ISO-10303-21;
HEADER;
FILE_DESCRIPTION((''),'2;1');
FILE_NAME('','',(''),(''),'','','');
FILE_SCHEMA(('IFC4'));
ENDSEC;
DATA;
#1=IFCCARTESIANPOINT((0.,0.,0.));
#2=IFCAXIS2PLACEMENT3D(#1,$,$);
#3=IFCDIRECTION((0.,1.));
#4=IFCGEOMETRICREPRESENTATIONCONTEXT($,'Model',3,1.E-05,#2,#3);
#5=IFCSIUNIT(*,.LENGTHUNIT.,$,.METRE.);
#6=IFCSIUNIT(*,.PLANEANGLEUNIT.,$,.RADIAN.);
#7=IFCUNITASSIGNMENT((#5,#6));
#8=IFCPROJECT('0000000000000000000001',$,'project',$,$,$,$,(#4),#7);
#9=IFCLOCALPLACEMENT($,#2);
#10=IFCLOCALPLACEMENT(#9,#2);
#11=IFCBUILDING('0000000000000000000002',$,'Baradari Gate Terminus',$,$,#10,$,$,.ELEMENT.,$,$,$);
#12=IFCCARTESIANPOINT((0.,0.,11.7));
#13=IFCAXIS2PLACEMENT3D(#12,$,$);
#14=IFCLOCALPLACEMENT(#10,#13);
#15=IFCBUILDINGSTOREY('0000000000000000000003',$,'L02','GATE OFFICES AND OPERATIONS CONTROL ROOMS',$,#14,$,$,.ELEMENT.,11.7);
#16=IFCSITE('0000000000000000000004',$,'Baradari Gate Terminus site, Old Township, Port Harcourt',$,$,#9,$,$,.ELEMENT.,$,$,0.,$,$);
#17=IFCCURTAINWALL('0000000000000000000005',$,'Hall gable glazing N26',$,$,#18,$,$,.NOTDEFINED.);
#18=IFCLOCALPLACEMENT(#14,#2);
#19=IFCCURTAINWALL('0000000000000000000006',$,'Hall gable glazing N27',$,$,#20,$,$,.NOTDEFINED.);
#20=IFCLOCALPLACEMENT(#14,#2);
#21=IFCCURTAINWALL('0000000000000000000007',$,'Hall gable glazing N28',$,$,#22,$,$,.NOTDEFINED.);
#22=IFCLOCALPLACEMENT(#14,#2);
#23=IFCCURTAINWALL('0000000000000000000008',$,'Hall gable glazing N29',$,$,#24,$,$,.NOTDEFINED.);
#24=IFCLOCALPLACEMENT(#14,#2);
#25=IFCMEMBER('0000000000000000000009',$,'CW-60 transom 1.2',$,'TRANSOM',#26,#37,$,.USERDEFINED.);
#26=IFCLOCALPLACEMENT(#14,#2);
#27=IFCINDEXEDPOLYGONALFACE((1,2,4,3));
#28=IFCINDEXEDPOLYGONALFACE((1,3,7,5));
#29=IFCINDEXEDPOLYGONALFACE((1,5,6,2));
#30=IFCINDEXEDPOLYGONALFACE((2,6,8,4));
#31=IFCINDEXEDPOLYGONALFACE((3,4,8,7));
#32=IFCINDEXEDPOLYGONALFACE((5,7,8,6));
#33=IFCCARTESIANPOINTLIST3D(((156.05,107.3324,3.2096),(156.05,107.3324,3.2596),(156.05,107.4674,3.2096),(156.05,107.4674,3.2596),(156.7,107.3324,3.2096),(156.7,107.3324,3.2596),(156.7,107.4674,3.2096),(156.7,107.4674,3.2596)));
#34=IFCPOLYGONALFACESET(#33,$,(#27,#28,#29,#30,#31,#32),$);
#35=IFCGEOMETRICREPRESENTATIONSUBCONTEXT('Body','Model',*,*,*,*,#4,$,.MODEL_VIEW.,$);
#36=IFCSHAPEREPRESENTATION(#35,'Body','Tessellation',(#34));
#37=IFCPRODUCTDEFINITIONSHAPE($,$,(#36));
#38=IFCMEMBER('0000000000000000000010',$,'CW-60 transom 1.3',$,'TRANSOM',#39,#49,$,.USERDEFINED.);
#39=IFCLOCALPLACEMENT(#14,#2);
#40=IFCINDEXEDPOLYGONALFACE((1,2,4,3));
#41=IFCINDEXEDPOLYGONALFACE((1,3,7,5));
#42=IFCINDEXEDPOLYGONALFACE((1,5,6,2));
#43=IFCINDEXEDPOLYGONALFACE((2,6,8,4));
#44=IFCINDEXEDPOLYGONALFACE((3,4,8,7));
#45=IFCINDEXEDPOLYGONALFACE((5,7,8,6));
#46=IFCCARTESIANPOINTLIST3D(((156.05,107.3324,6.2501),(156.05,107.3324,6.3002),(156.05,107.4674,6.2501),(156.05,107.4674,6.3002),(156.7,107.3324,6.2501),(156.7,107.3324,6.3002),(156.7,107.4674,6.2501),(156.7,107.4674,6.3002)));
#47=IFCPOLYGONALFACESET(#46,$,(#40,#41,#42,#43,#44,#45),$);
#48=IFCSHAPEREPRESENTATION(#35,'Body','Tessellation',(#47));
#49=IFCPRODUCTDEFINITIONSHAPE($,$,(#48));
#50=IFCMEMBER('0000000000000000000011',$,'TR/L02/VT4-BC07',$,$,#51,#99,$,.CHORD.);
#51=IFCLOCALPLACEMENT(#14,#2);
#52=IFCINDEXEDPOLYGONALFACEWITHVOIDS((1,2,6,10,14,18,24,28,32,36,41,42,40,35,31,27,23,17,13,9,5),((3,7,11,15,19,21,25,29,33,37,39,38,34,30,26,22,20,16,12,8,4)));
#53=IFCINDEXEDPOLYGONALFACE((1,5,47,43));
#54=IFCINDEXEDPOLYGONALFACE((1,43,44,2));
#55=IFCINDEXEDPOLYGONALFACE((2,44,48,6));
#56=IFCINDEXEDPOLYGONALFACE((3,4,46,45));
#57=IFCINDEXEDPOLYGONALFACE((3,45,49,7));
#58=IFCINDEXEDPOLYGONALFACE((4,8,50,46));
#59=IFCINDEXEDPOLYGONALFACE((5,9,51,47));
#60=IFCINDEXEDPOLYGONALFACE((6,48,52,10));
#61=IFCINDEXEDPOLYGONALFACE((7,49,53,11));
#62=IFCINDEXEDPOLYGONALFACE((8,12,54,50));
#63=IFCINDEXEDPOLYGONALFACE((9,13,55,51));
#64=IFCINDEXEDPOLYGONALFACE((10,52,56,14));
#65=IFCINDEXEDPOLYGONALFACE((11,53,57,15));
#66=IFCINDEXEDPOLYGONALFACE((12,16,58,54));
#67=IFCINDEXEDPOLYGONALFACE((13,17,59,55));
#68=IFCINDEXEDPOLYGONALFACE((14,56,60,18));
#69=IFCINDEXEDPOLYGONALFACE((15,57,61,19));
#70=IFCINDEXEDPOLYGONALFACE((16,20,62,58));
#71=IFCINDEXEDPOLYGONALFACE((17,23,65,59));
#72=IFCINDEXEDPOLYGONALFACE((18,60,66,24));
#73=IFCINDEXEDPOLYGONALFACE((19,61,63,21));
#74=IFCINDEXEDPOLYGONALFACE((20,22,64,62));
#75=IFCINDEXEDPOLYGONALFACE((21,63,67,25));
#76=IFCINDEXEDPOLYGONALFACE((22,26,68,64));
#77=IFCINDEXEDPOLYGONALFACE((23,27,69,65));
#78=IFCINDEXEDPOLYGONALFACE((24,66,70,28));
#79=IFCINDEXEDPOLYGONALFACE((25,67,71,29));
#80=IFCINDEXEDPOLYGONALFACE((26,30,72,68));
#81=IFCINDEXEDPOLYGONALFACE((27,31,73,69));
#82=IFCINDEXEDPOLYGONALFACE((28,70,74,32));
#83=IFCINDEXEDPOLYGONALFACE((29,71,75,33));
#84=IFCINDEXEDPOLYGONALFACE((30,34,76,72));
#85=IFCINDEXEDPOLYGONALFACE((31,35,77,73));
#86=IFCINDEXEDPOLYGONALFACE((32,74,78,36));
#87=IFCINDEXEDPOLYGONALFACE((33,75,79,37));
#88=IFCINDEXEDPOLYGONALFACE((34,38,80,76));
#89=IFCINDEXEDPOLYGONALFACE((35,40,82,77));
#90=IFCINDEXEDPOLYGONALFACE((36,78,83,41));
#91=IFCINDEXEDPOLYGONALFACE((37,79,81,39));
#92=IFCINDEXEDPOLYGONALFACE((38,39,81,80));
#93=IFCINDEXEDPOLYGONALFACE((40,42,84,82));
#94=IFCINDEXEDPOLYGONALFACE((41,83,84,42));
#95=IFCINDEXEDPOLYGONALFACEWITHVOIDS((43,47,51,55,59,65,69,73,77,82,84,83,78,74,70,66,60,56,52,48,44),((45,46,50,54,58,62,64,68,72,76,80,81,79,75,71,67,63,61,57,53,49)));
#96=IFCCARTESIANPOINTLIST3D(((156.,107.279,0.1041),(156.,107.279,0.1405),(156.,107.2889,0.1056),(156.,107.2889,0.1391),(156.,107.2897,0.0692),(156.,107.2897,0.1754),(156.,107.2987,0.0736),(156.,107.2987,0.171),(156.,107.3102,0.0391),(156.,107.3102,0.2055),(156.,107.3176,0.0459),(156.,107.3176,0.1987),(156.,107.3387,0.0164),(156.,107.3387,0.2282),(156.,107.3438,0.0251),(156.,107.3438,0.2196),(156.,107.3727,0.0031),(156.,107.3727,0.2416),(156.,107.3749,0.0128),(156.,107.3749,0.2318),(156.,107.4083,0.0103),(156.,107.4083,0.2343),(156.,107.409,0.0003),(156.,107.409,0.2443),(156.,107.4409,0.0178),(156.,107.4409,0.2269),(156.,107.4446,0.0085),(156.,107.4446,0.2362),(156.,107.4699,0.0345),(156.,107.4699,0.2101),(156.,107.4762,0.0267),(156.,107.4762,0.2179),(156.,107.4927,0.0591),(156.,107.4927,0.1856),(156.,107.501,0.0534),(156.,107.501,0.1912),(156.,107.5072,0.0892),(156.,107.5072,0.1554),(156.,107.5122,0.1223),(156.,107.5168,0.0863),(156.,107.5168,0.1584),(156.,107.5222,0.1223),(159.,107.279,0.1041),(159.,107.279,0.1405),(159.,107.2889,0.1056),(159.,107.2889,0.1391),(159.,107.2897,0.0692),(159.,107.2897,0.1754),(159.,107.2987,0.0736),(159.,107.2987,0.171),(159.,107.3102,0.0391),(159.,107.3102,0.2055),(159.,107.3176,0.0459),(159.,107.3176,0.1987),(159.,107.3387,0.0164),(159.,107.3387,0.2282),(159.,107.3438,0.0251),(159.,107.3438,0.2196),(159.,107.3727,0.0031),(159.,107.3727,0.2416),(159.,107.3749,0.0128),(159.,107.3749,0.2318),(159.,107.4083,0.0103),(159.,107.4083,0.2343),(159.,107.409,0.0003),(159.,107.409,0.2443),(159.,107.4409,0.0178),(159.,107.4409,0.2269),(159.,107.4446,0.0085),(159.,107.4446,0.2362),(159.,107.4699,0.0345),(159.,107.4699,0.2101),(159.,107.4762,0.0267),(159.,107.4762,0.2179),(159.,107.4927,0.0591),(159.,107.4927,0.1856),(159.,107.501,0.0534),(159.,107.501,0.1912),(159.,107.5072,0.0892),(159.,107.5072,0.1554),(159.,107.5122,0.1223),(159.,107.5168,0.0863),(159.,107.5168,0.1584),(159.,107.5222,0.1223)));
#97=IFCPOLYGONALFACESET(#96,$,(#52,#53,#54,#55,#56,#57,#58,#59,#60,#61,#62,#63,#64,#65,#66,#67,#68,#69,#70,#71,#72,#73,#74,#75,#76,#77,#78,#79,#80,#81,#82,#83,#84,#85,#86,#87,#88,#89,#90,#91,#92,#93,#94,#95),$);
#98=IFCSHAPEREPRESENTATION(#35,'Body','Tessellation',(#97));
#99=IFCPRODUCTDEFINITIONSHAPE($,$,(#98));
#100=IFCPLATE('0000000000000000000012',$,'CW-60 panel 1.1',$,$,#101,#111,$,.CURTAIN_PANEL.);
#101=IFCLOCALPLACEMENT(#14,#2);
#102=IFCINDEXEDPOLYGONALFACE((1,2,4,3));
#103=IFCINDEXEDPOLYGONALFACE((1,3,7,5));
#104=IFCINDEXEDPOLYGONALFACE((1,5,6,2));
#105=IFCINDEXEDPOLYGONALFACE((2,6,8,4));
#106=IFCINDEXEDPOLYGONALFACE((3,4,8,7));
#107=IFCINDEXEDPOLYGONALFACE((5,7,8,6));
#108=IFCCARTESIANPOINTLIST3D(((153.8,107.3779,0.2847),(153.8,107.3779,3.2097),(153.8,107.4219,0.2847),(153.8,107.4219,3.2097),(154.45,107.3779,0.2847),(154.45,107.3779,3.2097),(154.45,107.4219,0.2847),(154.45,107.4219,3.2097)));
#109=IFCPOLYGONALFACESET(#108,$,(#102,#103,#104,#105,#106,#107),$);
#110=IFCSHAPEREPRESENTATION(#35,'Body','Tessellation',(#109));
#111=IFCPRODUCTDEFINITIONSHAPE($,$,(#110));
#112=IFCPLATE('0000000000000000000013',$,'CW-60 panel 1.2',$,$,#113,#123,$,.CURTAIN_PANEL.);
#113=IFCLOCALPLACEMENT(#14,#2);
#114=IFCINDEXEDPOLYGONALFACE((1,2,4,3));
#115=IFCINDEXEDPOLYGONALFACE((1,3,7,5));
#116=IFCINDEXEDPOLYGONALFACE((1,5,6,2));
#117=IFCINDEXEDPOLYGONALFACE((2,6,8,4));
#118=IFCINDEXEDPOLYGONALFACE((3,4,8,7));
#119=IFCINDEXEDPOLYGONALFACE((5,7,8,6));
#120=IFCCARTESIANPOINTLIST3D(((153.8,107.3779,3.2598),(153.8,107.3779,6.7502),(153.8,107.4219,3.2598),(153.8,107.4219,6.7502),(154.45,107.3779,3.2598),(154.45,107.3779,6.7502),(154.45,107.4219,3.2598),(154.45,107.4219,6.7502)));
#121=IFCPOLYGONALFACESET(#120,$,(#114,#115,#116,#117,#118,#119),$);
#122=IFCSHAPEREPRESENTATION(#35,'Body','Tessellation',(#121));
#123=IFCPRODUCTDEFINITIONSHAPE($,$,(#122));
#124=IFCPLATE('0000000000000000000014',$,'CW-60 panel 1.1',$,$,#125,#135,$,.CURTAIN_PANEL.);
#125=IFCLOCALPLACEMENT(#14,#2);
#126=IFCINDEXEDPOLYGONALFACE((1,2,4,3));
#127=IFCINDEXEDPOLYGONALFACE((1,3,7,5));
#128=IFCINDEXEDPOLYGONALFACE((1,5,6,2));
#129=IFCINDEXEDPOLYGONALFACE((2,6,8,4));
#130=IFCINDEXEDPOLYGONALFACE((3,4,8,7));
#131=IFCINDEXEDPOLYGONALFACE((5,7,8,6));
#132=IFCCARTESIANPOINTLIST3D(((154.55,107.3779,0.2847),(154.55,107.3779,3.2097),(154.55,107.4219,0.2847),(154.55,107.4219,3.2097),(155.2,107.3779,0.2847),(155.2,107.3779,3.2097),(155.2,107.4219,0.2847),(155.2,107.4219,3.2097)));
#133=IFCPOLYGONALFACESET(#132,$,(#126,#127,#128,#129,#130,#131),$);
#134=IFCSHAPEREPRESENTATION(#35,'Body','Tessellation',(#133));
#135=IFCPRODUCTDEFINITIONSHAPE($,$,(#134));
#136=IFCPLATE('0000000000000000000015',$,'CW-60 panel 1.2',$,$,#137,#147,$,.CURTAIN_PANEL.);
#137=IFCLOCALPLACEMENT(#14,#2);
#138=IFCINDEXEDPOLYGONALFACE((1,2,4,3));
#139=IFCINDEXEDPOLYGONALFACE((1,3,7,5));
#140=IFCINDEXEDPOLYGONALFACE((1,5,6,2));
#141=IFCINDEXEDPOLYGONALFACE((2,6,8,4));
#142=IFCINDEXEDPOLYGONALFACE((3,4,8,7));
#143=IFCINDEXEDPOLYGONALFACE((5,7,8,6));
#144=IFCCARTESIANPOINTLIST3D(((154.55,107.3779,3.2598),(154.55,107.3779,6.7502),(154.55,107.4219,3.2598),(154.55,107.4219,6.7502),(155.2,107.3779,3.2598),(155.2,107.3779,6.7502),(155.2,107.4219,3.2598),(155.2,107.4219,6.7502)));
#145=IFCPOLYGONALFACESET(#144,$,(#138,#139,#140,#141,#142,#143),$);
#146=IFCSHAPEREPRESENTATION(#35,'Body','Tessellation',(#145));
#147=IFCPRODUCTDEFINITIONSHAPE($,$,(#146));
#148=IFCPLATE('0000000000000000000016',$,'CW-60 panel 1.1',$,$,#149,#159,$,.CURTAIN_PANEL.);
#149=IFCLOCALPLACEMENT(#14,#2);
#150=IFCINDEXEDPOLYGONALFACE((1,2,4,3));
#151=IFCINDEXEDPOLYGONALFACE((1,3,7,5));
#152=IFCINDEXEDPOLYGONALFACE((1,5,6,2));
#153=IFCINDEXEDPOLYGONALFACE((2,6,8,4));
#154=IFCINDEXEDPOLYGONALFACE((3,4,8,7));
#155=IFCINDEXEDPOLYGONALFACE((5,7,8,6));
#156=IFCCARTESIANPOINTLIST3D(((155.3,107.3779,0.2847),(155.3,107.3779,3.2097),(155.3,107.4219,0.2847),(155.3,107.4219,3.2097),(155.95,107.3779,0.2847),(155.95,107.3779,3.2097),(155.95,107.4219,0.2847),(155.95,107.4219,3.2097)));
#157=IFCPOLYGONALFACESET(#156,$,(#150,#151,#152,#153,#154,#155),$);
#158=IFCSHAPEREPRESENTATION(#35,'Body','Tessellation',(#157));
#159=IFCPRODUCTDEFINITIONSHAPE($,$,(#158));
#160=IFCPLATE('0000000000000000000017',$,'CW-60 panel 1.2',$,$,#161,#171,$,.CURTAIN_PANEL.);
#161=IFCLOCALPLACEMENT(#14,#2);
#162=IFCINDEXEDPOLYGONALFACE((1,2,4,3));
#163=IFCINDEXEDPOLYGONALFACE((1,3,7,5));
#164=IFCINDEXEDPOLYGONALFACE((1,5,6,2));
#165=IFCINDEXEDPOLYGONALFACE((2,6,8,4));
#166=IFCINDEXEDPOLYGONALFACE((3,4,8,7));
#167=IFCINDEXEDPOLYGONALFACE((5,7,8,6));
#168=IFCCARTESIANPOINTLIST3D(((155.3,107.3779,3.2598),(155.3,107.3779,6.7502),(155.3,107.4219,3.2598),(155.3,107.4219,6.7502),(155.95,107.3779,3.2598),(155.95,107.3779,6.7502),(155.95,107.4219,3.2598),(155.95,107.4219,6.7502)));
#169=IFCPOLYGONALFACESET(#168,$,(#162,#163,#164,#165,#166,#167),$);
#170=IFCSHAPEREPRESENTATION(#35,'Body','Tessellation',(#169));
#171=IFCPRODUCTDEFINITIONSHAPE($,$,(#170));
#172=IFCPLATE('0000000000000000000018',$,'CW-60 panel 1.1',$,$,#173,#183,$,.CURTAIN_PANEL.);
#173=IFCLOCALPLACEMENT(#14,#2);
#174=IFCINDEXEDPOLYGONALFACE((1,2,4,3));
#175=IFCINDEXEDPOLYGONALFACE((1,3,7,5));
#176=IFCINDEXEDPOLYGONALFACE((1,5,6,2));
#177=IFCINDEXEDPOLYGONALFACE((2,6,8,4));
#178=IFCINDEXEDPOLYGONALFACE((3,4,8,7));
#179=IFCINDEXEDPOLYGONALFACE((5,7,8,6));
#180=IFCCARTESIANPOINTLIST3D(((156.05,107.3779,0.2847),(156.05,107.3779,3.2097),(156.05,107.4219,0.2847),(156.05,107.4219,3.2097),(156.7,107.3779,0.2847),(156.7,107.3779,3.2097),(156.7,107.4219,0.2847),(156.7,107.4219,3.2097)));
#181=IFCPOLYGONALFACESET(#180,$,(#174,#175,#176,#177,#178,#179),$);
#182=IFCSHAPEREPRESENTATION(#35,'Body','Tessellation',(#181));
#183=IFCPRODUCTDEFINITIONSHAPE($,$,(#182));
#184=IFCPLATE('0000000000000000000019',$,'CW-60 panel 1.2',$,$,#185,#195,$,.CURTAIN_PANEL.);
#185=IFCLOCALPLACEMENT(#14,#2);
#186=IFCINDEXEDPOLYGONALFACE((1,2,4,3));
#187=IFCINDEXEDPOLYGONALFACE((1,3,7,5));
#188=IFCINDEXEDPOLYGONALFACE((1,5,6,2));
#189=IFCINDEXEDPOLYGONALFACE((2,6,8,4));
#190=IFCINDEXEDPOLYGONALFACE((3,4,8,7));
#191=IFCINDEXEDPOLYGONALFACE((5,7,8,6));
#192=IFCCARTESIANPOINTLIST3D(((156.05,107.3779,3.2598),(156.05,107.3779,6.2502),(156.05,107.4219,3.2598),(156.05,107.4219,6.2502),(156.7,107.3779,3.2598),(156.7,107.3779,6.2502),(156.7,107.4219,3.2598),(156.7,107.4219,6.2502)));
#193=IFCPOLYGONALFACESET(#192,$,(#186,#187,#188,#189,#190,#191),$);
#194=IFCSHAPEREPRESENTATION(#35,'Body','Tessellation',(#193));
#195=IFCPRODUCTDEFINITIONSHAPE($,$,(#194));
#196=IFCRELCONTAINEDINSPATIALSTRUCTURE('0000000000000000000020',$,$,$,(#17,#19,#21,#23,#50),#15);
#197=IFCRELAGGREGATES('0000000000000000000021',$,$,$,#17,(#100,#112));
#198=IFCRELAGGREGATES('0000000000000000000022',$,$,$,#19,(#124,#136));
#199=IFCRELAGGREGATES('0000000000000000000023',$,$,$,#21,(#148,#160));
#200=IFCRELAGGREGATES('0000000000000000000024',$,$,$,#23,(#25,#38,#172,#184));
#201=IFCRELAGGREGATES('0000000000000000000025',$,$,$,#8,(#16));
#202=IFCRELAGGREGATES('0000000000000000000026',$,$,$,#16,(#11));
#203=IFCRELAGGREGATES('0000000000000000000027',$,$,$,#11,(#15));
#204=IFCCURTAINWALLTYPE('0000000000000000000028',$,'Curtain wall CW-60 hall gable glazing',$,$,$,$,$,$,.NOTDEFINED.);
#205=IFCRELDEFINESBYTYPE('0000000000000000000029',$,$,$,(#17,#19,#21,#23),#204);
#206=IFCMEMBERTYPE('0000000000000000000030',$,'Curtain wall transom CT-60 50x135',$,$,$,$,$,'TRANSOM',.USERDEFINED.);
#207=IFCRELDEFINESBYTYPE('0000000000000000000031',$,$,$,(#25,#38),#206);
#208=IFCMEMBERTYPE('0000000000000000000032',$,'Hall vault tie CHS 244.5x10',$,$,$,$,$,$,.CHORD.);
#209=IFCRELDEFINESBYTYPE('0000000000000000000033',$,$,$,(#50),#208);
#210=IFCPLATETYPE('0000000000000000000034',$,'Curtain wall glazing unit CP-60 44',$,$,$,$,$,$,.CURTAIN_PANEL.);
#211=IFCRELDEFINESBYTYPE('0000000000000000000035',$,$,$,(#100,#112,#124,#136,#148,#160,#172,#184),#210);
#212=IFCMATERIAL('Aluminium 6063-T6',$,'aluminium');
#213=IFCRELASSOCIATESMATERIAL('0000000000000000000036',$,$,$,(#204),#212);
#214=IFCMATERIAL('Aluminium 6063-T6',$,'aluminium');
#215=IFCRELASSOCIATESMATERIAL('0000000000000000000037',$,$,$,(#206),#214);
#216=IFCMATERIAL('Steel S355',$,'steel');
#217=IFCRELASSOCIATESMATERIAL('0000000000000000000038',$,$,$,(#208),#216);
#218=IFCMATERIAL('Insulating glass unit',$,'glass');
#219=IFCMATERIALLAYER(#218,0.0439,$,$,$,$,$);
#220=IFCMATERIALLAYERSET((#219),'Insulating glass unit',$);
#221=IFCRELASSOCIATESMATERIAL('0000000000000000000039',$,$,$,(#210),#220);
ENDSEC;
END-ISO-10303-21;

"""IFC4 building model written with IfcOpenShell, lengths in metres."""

from ifc_helpers import new_model, si_unit, direction, frame, origin, origin_2d, place, context, subcontext, project, spatial, rectangle, hollow_circle, extrude, material, layer, layer_set, material_profile, profile_set, type_object, element, aggregate, save


model = new_model("IFC4")

# Units and contexts
model_context = context("Model", 3, precision=1e-05, world=origin(), true_north=direction((0.0, 1.0)))
body_context = subcontext(model_context, "Body", "Model", "MODEL_VIEW")
ifc_project = project(units=[si_unit("LENGTHUNIT", "METRE"), si_unit("PLANEANGLEUNIT", "RADIAN")], contexts=[model_context])

# Site, building, storey
site_placement = place(None, origin())
site = spatial("IfcSite", under=ifc_project, at=site_placement, Name="Baradari Gate Terminus site, Old Township, Port Harcourt", CompositionType="ELEMENT", RefElevation=0.0)
building_placement = place(site_placement, origin())
building = spatial("IfcBuilding", under=site, at=building_placement, Name="Baradari Gate Terminus", CompositionType="ELEMENT")
storey_placement = place(building_placement, frame((0.0, 0.0, 11.7)))
storey = spatial("IfcBuildingStorey", under=building, at=storey_placement, Name="L02", Description="GATE OFFICES AND OPERATIONS CONTROL ROOMS", CompositionType="ELEMENT", Elevation=11.7)

# Curtain wall
ifc_material_1 = material(Name="Aluminium 6063-T6", Category="aluminium")
curtain_wall_type = type_object("IfcCurtainWallType", Name="Curtain wall CW-60 hall gable glazing", PredefinedType="NOTDEFINED", material=ifc_material_1)
curtain_wall_1_placement = place(storey_placement, origin())
curtain_wall_1 = element("IfcCurtainWall", 1, at=curtain_wall_1_placement, inside=storey, type_object=curtain_wall_type, Name="Hall gable glazing N26", PredefinedType="NOTDEFINED")

# Curtain walls
curtain_wall_2_placement = place(storey_placement, origin())
curtain_wall_2 = element("IfcCurtainWall", 2, at=curtain_wall_2_placement, inside=storey, type_object=curtain_wall_type, Name="Hall gable glazing N27", PredefinedType="NOTDEFINED")
curtain_wall_3_placement = place(storey_placement, origin())
curtain_wall_3 = element("IfcCurtainWall", 3, at=curtain_wall_3_placement, inside=storey, type_object=curtain_wall_type, Name="Hall gable glazing N28", PredefinedType="NOTDEFINED")

# Curtain wall
curtain_wall_4_placement = place(storey_placement, origin())
curtain_wall_4 = element("IfcCurtainWall", 4, at=curtain_wall_4_placement, inside=storey, type_object=curtain_wall_type, Name="Hall gable glazing N29", PredefinedType="NOTDEFINED")

# Members
ifc_material_2 = material(Name="Aluminium 6063-T6", Category="aluminium")
ifc_material_profile_1 = material_profile(ifc_material_2, rectangle(XDim=0.135, YDim=0.05, at=origin_2d()), Name="CT-60 50X135")
ifc_profile_set_1 = profile_set([ifc_material_profile_1], Name="Aluminium 6063-T6")
member_type_1 = type_object("IfcMemberType", Name="Curtain wall transom CT-60 50x135", ElementType="TRANSOM", PredefinedType="USERDEFINED", material=ifc_profile_set_1)
member_1_placement = place(storey_placement, frame((156.05, 107.3999, 3.2346), z_axis=(1.0, 0.0, 0.0), x_axis=(0.0, 1.0, 0.0)))
member_1 = element("IfcMember", 5, at=member_1_placement, type_object=member_type_1, Name="CW-60 transom 1.2", ObjectType="TRANSOM", PredefinedType="USERDEFINED", context=body_context, shape_type="SweptSolid", body=[
    extrude(rectangle(XDim=0.135, YDim=0.05, at=origin_2d()), origin(), (0.0, 0.0, 1.0), 0.6499),
])
member_2_placement = place(storey_placement, frame((156.05, 107.3999, 6.2751), z_axis=(1.0, 0.0, 0.0), x_axis=(0.0, 1.0, 0.0)))
member_2 = element("IfcMember", 6, at=member_2_placement, type_object=member_type_1, Name="CW-60 transom 1.3", ObjectType="TRANSOM", PredefinedType="USERDEFINED", context=body_context, shape_type="SweptSolid", body=[
    extrude(rectangle(XDim=0.135, YDim=0.05, at=origin_2d()), origin(), (0.0, 0.0, 1.0), 0.6499),
])
ifc_material_3 = material(Name="Steel S355", Category="steel")
ifc_material_profile_2 = material_profile(ifc_material_3, hollow_circle(Radius=0.1223, WallThickness=0.01, at=origin_2d()), Name="CHS 244.5x10")
ifc_profile_set_2 = profile_set([ifc_material_profile_2], Name="Steel S355")
member_type_2 = type_object("IfcMemberType", Name="Hall vault tie CHS 244.5x10", PredefinedType="CHORD", material=ifc_profile_set_2)
member_3_placement = place(storey_placement, frame((156.0, 107.3999, 0.1223), z_axis=(1.0, 0.0, 0.0), x_axis=(0.0, 1.0, 0.0)))
element("IfcMember", 7, at=member_3_placement, inside=storey, type_object=member_type_2, Name="TR/L02/VT4-BC07", PredefinedType="CHORD", context=body_context, shape_type="SweptSolid", body=[
    extrude(hollow_circle(Radius=0.1223, WallThickness=0.01, at=origin_2d()), origin(), (0.0, 0.0, 1.0), 3.0),
])

# Plates
ifc_material_4 = material(Name="Insulating glass unit", Category="glass")
ifc_layer = layer(ifc_material_4, 0.0439)
ifc_layer_set = layer_set([ifc_layer], Name="Insulating glass unit")
plate_type = type_object("IfcPlateType", Name="Curtain wall glazing unit CP-60 44", PredefinedType="CURTAIN_PANEL", material=ifc_layer_set)
plate_1_placement = place(storey_placement, frame((154.125, 107.3999, 0.2847), z_axis=(0.0, 0.0, 1.0), x_axis=(1.0, 0.0, 0.0)))
plate_1 = element("IfcPlate", 8, at=plate_1_placement, type_object=plate_type, Name="CW-60 panel 1.1", PredefinedType="CURTAIN_PANEL", context=body_context, shape_type="SweptSolid", body=[
    extrude(rectangle(XDim=0.6499, YDim=0.0439, at=origin_2d()), origin(), (0.0, 0.0, 1.0), 2.925),
])
plate_2_placement = place(storey_placement, frame((154.125, 107.3999, 3.2598), z_axis=(0.0, 0.0, 1.0), x_axis=(1.0, 0.0, 0.0)))
plate_2 = element("IfcPlate", 9, at=plate_2_placement, type_object=plate_type, Name="CW-60 panel 1.2", PredefinedType="CURTAIN_PANEL", context=body_context, shape_type="SweptSolid", body=[
    extrude(rectangle(XDim=0.6499, YDim=0.0439, at=origin_2d()), origin(), (0.0, 0.0, 1.0), 3.4905),
])
aggregate(curtain_wall_1, [plate_1, plate_2])
plate_3_placement = place(storey_placement, frame((154.875, 107.3999, 0.2847), z_axis=(0.0, 0.0, 1.0), x_axis=(1.0, 0.0, 0.0)))
plate_3 = element("IfcPlate", 10, at=plate_3_placement, type_object=plate_type, Name="CW-60 panel 1.1", PredefinedType="CURTAIN_PANEL", context=body_context, shape_type="SweptSolid", body=[
    extrude(rectangle(XDim=0.6499, YDim=0.0439, at=origin_2d()), origin(), (0.0, 0.0, 1.0), 2.925),
])
plate_4_placement = place(storey_placement, frame((154.875, 107.3999, 3.2598), z_axis=(0.0, 0.0, 1.0), x_axis=(1.0, 0.0, 0.0)))
plate_4 = element("IfcPlate", 11, at=plate_4_placement, type_object=plate_type, Name="CW-60 panel 1.2", PredefinedType="CURTAIN_PANEL", context=body_context, shape_type="SweptSolid", body=[
    extrude(rectangle(XDim=0.6499, YDim=0.0439, at=origin_2d()), origin(), (0.0, 0.0, 1.0), 3.4905),
])
aggregate(curtain_wall_2, [plate_3, plate_4])
plate_5_placement = place(storey_placement, frame((155.625, 107.3999, 0.2847), z_axis=(0.0, 0.0, 1.0), x_axis=(1.0, 0.0, 0.0)))
plate_5 = element("IfcPlate", 12, at=plate_5_placement, type_object=plate_type, Name="CW-60 panel 1.1", PredefinedType="CURTAIN_PANEL", context=body_context, shape_type="SweptSolid", body=[
    extrude(rectangle(XDim=0.6499, YDim=0.0439, at=origin_2d()), origin(), (0.0, 0.0, 1.0), 2.925),
])
plate_6_placement = place(storey_placement, frame((155.625, 107.3999, 3.2598), z_axis=(0.0, 0.0, 1.0), x_axis=(1.0, 0.0, 0.0)))
plate_6 = element("IfcPlate", 13, at=plate_6_placement, type_object=plate_type, Name="CW-60 panel 1.2", PredefinedType="CURTAIN_PANEL", context=body_context, shape_type="SweptSolid", body=[
    extrude(rectangle(XDim=0.6499, YDim=0.0439, at=origin_2d()), origin(), (0.0, 0.0, 1.0), 3.4905),
])
aggregate(curtain_wall_3, [plate_5, plate_6])
plate_7_placement = place(storey_placement, frame((156.375, 107.3999, 0.2847), z_axis=(0.0, 0.0, 1.0), x_axis=(1.0, 0.0, 0.0)))
plate_7 = element("IfcPlate", 14, at=plate_7_placement, type_object=plate_type, Name="CW-60 panel 1.1", PredefinedType="CURTAIN_PANEL", context=body_context, shape_type="SweptSolid", body=[
    extrude(rectangle(XDim=0.6499, YDim=0.0439, at=origin_2d()), origin(), (0.0, 0.0, 1.0), 2.925),
])
plate_8_placement = place(storey_placement, frame((156.375, 107.3999, 3.2598), z_axis=(0.0, 0.0, 1.0), x_axis=(1.0, 0.0, 0.0)))
plate_8 = element("IfcPlate", 15, at=plate_8_placement, type_object=plate_type, Name="CW-60 panel 1.2", PredefinedType="CURTAIN_PANEL", context=body_context, shape_type="SweptSolid", body=[
    extrude(rectangle(XDim=0.6499, YDim=0.0439, at=origin_2d()), origin(), (0.0, 0.0, 1.0), 2.9905),
])
aggregate(curtain_wall_4, [member_1, member_2, plate_7, plate_8])

save(model, "model.ifc")
